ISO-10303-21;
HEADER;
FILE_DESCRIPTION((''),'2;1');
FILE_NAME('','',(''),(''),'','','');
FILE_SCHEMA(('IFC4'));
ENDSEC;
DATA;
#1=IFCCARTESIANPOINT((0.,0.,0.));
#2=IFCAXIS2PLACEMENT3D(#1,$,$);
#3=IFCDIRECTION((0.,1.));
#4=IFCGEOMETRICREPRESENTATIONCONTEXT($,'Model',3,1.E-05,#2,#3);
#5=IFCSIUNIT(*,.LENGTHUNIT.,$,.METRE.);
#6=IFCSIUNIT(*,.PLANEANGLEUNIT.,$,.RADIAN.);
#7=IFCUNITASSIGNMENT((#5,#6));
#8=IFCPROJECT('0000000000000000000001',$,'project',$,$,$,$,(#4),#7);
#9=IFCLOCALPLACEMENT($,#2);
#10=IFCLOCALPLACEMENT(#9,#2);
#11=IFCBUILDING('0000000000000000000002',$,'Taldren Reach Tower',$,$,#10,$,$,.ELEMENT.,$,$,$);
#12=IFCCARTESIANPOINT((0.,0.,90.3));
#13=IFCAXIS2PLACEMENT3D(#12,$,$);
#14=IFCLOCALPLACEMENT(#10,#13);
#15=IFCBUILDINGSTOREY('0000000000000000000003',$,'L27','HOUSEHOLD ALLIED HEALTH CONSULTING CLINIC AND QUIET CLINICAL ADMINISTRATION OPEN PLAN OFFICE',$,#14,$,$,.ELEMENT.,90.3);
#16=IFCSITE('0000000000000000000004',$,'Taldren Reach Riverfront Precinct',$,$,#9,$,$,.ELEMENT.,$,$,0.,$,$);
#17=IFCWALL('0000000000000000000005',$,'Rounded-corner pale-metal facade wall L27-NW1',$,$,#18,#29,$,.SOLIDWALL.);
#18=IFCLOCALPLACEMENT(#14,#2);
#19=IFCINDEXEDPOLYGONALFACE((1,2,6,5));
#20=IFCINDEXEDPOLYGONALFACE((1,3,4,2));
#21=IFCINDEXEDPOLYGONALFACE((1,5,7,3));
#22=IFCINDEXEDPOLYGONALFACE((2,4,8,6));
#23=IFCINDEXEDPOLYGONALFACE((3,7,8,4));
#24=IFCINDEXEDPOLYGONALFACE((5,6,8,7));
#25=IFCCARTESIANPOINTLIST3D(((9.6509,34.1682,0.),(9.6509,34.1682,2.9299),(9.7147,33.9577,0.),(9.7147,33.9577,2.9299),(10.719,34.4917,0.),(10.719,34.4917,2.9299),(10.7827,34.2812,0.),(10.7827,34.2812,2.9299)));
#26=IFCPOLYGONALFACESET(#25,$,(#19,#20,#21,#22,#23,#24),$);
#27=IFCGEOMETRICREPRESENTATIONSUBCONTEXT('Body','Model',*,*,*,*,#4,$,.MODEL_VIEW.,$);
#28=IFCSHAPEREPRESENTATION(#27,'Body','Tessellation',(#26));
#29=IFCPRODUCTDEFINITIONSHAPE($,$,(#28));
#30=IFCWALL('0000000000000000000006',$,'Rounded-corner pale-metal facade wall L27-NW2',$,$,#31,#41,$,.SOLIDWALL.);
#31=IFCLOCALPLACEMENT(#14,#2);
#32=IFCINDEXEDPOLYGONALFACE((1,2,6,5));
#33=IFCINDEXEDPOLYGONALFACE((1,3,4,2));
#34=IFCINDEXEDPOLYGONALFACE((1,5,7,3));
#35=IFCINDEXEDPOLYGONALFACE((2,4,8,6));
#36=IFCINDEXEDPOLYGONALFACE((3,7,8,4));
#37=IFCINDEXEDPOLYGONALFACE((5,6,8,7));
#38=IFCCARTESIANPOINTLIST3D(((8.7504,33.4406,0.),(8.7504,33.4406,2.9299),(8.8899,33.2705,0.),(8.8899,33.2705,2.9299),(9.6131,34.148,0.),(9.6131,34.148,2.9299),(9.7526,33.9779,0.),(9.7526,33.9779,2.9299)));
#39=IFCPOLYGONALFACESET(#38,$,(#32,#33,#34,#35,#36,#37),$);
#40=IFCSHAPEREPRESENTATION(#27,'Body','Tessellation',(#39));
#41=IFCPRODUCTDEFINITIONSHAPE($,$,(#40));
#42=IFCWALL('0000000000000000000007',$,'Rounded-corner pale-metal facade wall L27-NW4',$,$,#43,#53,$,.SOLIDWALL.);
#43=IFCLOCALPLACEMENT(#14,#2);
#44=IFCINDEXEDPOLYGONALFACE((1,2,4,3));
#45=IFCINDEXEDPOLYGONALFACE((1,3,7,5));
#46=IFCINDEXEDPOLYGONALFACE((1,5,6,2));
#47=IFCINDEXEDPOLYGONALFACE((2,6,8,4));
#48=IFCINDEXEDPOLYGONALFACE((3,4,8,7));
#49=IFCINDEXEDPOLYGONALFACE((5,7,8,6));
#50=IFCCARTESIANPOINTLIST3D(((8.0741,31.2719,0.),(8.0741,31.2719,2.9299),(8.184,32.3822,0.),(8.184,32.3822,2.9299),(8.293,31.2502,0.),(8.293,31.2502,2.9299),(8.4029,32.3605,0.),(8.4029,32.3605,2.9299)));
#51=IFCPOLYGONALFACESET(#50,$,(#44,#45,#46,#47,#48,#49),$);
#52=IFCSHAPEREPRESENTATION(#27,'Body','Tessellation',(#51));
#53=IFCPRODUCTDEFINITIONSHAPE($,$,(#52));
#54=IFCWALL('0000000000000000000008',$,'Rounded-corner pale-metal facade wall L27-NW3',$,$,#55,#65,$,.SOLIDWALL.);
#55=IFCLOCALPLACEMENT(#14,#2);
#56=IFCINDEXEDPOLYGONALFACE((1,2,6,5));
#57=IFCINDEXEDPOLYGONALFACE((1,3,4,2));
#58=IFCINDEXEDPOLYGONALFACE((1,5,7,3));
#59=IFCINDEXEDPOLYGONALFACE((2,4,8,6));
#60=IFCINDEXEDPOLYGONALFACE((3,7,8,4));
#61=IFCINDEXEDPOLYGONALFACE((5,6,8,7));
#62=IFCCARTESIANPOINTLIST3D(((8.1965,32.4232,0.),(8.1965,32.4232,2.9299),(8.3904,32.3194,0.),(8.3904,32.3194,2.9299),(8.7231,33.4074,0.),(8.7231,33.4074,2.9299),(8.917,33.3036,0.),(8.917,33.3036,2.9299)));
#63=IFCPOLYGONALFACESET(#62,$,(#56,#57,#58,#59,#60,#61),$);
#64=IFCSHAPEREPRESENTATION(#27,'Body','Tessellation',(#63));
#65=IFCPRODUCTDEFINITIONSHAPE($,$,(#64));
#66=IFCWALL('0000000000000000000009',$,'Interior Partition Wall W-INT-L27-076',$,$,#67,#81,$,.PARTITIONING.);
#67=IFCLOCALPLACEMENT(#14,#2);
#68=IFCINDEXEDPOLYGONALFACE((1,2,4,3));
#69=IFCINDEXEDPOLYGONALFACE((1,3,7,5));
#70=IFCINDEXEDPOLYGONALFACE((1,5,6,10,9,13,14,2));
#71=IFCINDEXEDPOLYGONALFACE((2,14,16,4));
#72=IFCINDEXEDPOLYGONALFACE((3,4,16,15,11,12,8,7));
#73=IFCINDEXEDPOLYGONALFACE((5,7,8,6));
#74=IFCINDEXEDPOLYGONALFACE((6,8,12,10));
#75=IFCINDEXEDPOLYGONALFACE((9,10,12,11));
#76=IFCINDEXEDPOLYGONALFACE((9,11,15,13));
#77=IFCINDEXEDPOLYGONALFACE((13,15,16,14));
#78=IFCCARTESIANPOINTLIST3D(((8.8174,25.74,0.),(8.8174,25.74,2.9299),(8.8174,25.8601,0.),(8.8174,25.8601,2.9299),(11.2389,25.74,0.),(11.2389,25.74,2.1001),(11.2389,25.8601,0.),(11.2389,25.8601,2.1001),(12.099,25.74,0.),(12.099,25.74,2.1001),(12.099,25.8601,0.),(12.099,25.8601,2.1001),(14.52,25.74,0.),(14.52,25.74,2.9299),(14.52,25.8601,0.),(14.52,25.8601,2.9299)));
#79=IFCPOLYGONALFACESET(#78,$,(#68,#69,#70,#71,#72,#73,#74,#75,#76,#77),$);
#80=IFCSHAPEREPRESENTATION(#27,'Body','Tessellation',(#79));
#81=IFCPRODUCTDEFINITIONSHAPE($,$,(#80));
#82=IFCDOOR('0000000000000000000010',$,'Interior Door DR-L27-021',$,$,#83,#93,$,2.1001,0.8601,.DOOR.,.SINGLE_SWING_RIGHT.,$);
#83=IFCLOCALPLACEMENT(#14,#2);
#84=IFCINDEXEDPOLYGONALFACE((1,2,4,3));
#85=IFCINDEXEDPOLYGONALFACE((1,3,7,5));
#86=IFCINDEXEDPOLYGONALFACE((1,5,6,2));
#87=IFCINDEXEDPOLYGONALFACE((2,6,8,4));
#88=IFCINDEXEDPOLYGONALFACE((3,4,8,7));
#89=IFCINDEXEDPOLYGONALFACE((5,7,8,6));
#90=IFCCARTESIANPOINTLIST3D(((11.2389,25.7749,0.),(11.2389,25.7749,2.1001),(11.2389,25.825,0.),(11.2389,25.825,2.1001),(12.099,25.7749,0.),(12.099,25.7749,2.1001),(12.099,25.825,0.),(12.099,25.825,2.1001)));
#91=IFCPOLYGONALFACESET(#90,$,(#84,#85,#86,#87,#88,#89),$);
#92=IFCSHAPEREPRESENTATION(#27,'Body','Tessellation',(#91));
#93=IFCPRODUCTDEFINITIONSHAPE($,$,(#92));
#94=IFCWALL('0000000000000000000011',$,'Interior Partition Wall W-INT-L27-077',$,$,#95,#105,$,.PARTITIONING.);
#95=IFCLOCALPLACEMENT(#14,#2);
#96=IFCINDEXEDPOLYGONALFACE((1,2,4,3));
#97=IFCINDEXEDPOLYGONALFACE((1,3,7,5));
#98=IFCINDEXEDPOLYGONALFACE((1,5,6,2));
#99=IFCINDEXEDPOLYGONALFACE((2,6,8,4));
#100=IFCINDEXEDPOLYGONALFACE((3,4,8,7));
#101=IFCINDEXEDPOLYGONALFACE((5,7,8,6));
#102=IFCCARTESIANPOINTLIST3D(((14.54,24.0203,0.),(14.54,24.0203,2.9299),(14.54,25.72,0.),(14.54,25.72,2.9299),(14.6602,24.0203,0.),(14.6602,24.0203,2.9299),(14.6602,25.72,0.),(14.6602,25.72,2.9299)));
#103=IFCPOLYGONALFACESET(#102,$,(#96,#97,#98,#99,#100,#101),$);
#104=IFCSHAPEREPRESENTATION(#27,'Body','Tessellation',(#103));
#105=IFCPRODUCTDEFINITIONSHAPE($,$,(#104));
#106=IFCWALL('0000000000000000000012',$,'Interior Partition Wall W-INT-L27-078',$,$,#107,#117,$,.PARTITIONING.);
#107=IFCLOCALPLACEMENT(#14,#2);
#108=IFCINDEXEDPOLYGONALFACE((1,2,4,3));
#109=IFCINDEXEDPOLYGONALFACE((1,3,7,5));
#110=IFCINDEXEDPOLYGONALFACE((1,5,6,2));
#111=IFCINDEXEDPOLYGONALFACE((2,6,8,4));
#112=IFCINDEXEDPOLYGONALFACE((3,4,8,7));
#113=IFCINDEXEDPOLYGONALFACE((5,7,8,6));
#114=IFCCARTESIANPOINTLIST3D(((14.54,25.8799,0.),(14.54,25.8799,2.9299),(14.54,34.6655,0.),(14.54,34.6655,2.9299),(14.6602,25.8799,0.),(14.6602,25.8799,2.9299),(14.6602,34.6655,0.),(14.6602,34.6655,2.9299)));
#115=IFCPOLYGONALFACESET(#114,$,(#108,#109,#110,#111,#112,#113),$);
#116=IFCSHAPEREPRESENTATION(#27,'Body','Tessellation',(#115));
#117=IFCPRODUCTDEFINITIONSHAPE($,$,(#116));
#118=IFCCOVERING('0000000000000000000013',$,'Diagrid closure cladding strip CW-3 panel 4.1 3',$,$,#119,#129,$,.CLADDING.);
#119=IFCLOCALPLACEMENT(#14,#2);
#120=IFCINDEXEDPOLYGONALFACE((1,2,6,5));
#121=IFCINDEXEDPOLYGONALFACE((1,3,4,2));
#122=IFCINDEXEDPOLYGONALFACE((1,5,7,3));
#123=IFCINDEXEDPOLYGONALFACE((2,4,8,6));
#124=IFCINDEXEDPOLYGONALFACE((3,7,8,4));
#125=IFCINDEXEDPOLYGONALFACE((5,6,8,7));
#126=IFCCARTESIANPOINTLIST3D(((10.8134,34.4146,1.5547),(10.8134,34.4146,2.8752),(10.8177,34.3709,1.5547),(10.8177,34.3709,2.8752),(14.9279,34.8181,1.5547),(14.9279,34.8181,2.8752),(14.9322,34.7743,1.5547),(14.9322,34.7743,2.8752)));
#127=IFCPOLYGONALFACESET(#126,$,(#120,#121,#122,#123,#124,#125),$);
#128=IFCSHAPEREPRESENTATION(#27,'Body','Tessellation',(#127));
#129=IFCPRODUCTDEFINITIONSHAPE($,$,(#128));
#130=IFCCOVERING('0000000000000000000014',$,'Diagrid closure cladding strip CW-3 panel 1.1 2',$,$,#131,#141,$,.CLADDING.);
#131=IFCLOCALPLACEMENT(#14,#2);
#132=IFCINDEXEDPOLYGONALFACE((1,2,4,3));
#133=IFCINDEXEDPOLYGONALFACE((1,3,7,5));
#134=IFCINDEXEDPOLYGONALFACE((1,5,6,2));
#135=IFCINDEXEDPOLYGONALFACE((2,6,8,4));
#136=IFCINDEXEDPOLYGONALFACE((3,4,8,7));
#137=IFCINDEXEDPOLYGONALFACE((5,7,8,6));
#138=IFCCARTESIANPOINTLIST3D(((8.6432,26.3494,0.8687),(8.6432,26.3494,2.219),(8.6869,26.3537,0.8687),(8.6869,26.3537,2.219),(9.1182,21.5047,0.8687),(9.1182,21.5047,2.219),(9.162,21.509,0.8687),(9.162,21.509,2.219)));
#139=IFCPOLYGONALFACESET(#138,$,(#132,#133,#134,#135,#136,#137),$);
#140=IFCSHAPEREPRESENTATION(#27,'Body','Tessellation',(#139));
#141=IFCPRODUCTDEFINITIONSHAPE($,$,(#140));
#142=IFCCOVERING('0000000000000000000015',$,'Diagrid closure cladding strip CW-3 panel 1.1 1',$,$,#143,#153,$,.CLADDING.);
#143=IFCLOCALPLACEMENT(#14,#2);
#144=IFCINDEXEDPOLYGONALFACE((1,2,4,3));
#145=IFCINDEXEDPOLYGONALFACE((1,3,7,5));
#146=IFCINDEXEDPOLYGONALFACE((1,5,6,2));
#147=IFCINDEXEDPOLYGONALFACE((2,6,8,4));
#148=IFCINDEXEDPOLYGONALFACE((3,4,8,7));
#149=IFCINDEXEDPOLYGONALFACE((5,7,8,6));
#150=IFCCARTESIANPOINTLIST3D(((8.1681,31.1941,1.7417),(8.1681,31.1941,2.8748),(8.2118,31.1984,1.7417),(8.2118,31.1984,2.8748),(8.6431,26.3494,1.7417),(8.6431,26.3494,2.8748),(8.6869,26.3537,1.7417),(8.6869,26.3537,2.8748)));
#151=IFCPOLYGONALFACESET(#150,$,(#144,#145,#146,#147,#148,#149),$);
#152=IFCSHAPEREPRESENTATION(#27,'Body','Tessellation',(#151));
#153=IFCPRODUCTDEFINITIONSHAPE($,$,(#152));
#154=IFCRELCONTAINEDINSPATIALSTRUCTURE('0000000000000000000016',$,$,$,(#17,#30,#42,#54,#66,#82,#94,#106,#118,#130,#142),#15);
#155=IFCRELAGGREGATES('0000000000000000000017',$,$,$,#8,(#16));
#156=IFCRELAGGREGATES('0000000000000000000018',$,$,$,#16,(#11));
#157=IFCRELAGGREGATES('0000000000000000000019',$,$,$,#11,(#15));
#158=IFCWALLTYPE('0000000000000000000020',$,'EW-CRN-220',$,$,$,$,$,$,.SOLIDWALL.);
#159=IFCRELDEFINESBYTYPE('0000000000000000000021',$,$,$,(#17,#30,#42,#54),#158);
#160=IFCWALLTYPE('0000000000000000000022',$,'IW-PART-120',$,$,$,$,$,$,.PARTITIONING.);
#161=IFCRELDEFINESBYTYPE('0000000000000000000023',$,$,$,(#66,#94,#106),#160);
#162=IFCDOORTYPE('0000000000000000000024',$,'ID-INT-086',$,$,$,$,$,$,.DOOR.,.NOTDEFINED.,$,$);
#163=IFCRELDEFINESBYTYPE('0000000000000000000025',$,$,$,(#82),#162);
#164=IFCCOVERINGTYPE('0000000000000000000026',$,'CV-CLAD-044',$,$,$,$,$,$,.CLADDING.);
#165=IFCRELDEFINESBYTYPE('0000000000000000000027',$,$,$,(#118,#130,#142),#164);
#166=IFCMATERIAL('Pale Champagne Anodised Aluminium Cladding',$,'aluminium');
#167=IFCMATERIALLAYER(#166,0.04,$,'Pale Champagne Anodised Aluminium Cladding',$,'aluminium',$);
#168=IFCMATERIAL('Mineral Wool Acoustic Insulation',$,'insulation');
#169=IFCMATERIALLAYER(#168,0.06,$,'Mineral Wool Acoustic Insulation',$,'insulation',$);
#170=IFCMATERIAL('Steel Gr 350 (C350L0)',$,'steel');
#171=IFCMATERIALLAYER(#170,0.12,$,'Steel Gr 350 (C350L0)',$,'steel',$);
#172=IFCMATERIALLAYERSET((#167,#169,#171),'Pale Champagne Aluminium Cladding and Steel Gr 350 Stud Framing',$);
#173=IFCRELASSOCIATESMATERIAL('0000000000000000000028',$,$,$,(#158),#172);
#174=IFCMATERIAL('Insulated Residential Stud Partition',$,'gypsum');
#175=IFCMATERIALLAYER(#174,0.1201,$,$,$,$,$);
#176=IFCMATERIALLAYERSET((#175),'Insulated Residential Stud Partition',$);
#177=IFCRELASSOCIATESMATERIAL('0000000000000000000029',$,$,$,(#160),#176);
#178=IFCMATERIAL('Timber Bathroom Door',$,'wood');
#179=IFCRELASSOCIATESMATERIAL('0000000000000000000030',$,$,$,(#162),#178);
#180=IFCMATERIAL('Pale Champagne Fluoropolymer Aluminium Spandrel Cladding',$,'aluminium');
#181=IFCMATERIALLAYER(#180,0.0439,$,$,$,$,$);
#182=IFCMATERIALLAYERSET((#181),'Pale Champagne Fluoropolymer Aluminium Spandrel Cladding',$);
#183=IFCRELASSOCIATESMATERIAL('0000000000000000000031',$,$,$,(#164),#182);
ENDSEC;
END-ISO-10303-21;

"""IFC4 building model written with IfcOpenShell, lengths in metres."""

from ifc_helpers import new_model, si_unit, direction, frame, frame_2d, origin, origin_2d, place, context, subcontext, project, spatial, rectangle, extrude, source, transform, mapped, material, layer, layer_set, type_object, element, fill, save


model = new_model("IFC4")

# Units and contexts
model_context = context("Model", 3, precision=1e-05, world=origin(), true_north=direction((0.0, 1.0)))
body_context = subcontext(model_context, "Body", "Model", "MODEL_VIEW")
ifc_project = project(units=[si_unit("LENGTHUNIT", "METRE"), si_unit("PLANEANGLEUNIT", "RADIAN")], contexts=[model_context])

# Site, building, storey
site_placement = place(None, origin())
site = spatial("IfcSite", under=ifc_project, at=site_placement, Name="Taldren Reach Riverfront Precinct", CompositionType="ELEMENT", RefElevation=0.0)
building_placement = place(site_placement, origin())
building = spatial("IfcBuilding", under=site, at=building_placement, Name="Taldren Reach Tower", CompositionType="ELEMENT")
storey_placement = place(building_placement, frame((0.0, 0.0, 90.3)))
storey = spatial("IfcBuildingStorey", under=building, at=storey_placement, Name="L27", Description="HOUSEHOLD ALLIED HEALTH CONSULTING CLINIC AND QUIET CLINICAL ADMINISTRATION OPEN PLAN OFFICE", CompositionType="ELEMENT", Elevation=90.3)

# Shared definitions
ifc_material_1 = material(Name="Steel Gr 350 (C350L0)", Category="steel")

# Walls
ifc_material_2 = material(Name="Pale Champagne Anodised Aluminium Cladding", Category="aluminium")
ifc_layer_1 = layer(ifc_material_2, 0.04, Name="Pale Champagne Anodised Aluminium Cladding", Category="aluminium")
ifc_material_3 = material(Name="Mineral Wool Acoustic Insulation", Category="insulation")
ifc_layer_2 = layer(ifc_material_3, 0.06, Name="Mineral Wool Acoustic Insulation", Category="insulation")
ifc_layer_3 = layer(ifc_material_1, 0.12, Name="Steel Gr 350 (C350L0)", Category="steel")
ifc_layer_set_1 = layer_set([ifc_layer_1, ifc_layer_2, ifc_layer_3], Name="Pale Champagne Aluminium Cladding and Steel Gr 350 Stud Framing")
wall_type_1 = type_object("IfcWallType", Name="EW-CRN-220", PredefinedType="SOLIDWALL", material=ifc_layer_set_1)
shared_shape_1 = source(origin(), body_context, "Body", "SweptSolid", [
    extrude(rectangle(XDim=1.116, YDim=0.22, at=frame_2d((0.5581, 0.0))), origin(), (0.0, 0.0, 1.0), 2.9299),
])
wall_1_placement = place(storey_placement, frame((10.751, 34.3865, 0.0), z_axis=(0.0, 0.0, 1.0), x_axis=(-0.95707, -0.289856, 0.0)))
element("IfcWall", 1, at=wall_1_placement, inside=storey, type_object=wall_type_1, Name="Rounded-corner pale-metal facade wall L27-NW1", PredefinedType="SOLIDWALL", context=body_context, shape_type="MappedRepresentation", body=[
    mapped(shared_shape_1, transform((0.0, 0.0, 0.0), scale=1.0)),
])
shared_shape_2 = source(origin(), body_context, "Body", "SweptSolid", [
    extrude(rectangle(XDim=1.1157, YDim=0.22, at=frame_2d((0.5579, 0.0))), origin(), (0.0, 0.0, 1.0), 2.9299),
])
for number, where, z_axis, x_axis, name in (
    (2, (9.6829, 34.063, 0.0), (0.0, 0.0, 1.0), (-0.773255, -0.634095, 0.0), "Rounded-corner pale-metal facade wall L27-NW2"),
    (3, (8.2935, 32.3713, 0.0), (0.0, 0.0, 1.0), (-0.098464, -0.995141, 0.0), "Rounded-corner pale-metal facade wall L27-NW4"),
):
    element("IfcWall", number, at=place(storey_placement, frame(where, z_axis=z_axis, x_axis=x_axis)), inside=storey, type_object=wall_type_1, Name=name, PredefinedType="SOLIDWALL", context=body_context, shape_type="MappedRepresentation", body=[
        mapped(shared_shape_2, transform((0.0, 0.0, 0.0), scale=1.0)),
    ])
shared_shape_3 = source(origin(), body_context, "Body", "SweptSolid", [
    extrude(rectangle(XDim=1.1162, YDim=0.22, at=frame_2d((0.5581, 0.0))), origin(), (0.0, 0.0, 1.0), 2.9299),
])
wall_2_placement = place(storey_placement, frame((8.8201, 33.3555, 0.0), z_axis=(0.0, 0.0, 1.0), x_axis=(-0.471803, -0.881704, 0.0)))
element("IfcWall", 4, at=wall_2_placement, inside=storey, type_object=wall_type_1, Name="Rounded-corner pale-metal facade wall L27-NW3", PredefinedType="SOLIDWALL", context=body_context, shape_type="MappedRepresentation", body=[
    mapped(shared_shape_3, transform((0.0, 0.0, 0.0), scale=1.0)),
])

# Wall, opening, door
ifc_material_4 = material(Name="Insulated Residential Stud Partition", Category="gypsum")
ifc_layer_4 = layer(ifc_material_4, 0.1201)
ifc_layer_set_2 = layer_set([ifc_layer_4], Name="Insulated Residential Stud Partition")
wall_type_2 = type_object("IfcWallType", Name="IW-PART-120", PredefinedType="PARTITIONING", material=ifc_layer_set_2)
shared_shape_4 = source(origin(), body_context, "Body", "SweptSolid", [
    extrude(rectangle(XDim=5.7026, YDim=0.1201, at=frame_2d((2.8513, 0.0))), origin(), (0.0, 0.0, 1.0), 2.9299),
])
wall_3_placement = place(storey_placement, frame((8.8174, 25.8, 0.0), z_axis=(0.0, 0.0, 1.0), x_axis=(1.0, 0.0, 0.0)))
wall_3 = element("IfcWall", 5, at=wall_3_placement, inside=storey, type_object=wall_type_2, Name="Interior Partition Wall W-INT-L27-076", PredefinedType="PARTITIONING", context=body_context, shape_type="MappedRepresentation", body=[
    mapped(shared_shape_4, transform((0.0, 0.0, 0.0), scale=1.0)),
])
shared_shape_5 = source(origin(), body_context, "Body", "SweptSolid", [
    extrude(rectangle(XDim=0.8601, YDim=2.1001, at=frame_2d((0.4302, 1.05))), frame((0.0, 0.0701, 0.0), z_axis=(0.0, -1.0, 0.0), x_axis=(1.0, 0.0, 0.0)), (0.0, 0.0, 1.0), 0.1401),
])
opening_placement = place(wall_3_placement, frame((2.4214, 0.0, 0.0)))
opening = element("IfcOpeningElement", 6, at=opening_placement, cuts=wall_3, PredefinedType="OPENING", context=body_context, shape_type="MappedRepresentation", body=[
    mapped(shared_shape_5, transform((0.0, 0.0, 0.0), scale=1.0)),
])
ifc_material_5 = material(Name="Timber Bathroom Door", Category="wood")
door_type = type_object("IfcDoorType", Name="ID-INT-086", OperationType="NOTDEFINED", PredefinedType="DOOR", material=ifc_material_5)
shared_shape_6 = source(origin(), body_context, "Body", "SweptSolid", [
    extrude(rectangle(XDim=0.8601, YDim=2.1001, at=frame_2d((0.4302, 1.05))), frame((0.0, 0.0249, 0.0), z_axis=(0.0, -1.0, 0.0), x_axis=(1.0, 0.0, 0.0)), (0.0, 0.0, 1.0), 0.05),
])
door_placement = place(opening_placement, origin())
door = element("IfcDoor", 7, at=door_placement, inside=storey, type_object=door_type, Name="Interior Door DR-L27-021", OperationType="SINGLE_SWING_RIGHT", OverallHeight=2.1001, OverallWidth=0.8601, PredefinedType="DOOR", context=body_context, shape_type="MappedRepresentation", body=[
    mapped(shared_shape_6, transform((0.0, 0.0, 0.0), scale=1.0)),
])
fill(opening, door)

# Walls
shared_shape_7 = source(origin(), body_context, "Body", "SweptSolid", [
    extrude(rectangle(XDim=1.6997, YDim=0.1201, at=frame_2d((0.8499, 0.0))), origin(), (0.0, 0.0, 1.0), 2.9299),
])
wall_4_placement = place(storey_placement, frame((14.6001, 25.72, 0.0), z_axis=(0.0, 0.0, 1.0), x_axis=(0.0, -1.0, 0.0)))
element("IfcWall", 8, at=wall_4_placement, inside=storey, type_object=wall_type_2, Name="Interior Partition Wall W-INT-L27-077", PredefinedType="PARTITIONING", context=body_context, shape_type="MappedRepresentation", body=[
    mapped(shared_shape_7, transform((0.0, 0.0, 0.0), scale=1.0)),
])
shared_shape_8 = source(origin(), body_context, "Body", "SweptSolid", [
    extrude(rectangle(XDim=8.7856, YDim=0.1201, at=frame_2d((4.3928, 0.0))), origin(), (0.0, 0.0, 1.0), 2.9299),
])
wall_5_placement = place(storey_placement, frame((14.6001, 34.6655, 0.0), z_axis=(0.0, 0.0, 1.0), x_axis=(0.0, -1.0, 0.0)))
element("IfcWall", 9, at=wall_5_placement, inside=storey, type_object=wall_type_2, Name="Interior Partition Wall W-INT-L27-078", PredefinedType="PARTITIONING", context=body_context, shape_type="MappedRepresentation", body=[
    mapped(shared_shape_8, transform((0.0, 0.0, 0.0), scale=1.0)),
])

# Coverings
ifc_material_6 = material(Name="Pale Champagne Fluoropolymer Aluminium Spandrel Cladding", Category="aluminium")
ifc_layer_5 = layer(ifc_material_6, 0.0439)
ifc_layer_set_3 = layer_set([ifc_layer_5], Name="Pale Champagne Fluoropolymer Aluminium Spandrel Cladding")
covering_type = type_object("IfcCoveringType", Name="CV-CLAD-044", PredefinedType="CLADDING", material=ifc_layer_set_3)
shared_shape_9 = source(origin(), body_context, "Body", "SweptSolid", [
    extrude(rectangle(XDim=4.1343, YDim=0.0439, at=origin_2d()), origin(), (0.0, 0.0, 1.0), 1.3206),
])
covering_1_placement = place(storey_placement, frame((12.8728, 34.5945, 1.5547), z_axis=(0.0, 0.0, 1.0), x_axis=(-0.995227, -0.097583, 0.0)))
element("IfcCovering", 10, at=covering_1_placement, inside=storey, type_object=covering_type, Name="Diagrid closure cladding strip CW-3 panel 4.1 3", PredefinedType="CLADDING", context=body_context, shape_type="MappedRepresentation", body=[
    mapped(shared_shape_9, transform((0.0, 0.0, 0.0), scale=1.0)),
])
shared_shape_10 = source(origin(), body_context, "Body", "SweptSolid", [
    extrude(rectangle(XDim=4.8679, YDim=0.0439, at=origin_2d()), origin(), (0.0, 0.0, 1.0), 1.3503),
])
covering_2_placement = place(storey_placement, frame((8.9026, 23.9292, 0.8687), z_axis=(0.0, 0.0, 1.0), x_axis=(0.097583, -0.995227, 0.0)))
element("IfcCovering", 11, at=covering_2_placement, inside=storey, type_object=covering_type, Name="Diagrid closure cladding strip CW-3 panel 1.1 2", PredefinedType="CLADDING", context=body_context, shape_type="MappedRepresentation", body=[
    mapped(shared_shape_10, transform((0.0, 0.0, 0.0), scale=1.0)),
])
shared_shape_11 = source(origin(), body_context, "Body", "SweptSolid", [
    extrude(rectangle(XDim=4.8679, YDim=0.0439, at=origin_2d()), origin(), (0.0, 0.0, 1.0), 1.1331),
])
covering_3_placement = place(storey_placement, frame((8.4275, 28.7739, 1.7417), z_axis=(0.0, 0.0, 1.0), x_axis=(0.097583, -0.995227, 0.0)))
element("IfcCovering", 12, at=covering_3_placement, inside=storey, type_object=covering_type, Name="Diagrid closure cladding strip CW-3 panel 1.1 1", PredefinedType="CLADDING", context=body_context, shape_type="MappedRepresentation", body=[
    mapped(shared_shape_11, transform((0.0, 0.0, 0.0), scale=1.0)),
])

save(model, "model.ifc")
